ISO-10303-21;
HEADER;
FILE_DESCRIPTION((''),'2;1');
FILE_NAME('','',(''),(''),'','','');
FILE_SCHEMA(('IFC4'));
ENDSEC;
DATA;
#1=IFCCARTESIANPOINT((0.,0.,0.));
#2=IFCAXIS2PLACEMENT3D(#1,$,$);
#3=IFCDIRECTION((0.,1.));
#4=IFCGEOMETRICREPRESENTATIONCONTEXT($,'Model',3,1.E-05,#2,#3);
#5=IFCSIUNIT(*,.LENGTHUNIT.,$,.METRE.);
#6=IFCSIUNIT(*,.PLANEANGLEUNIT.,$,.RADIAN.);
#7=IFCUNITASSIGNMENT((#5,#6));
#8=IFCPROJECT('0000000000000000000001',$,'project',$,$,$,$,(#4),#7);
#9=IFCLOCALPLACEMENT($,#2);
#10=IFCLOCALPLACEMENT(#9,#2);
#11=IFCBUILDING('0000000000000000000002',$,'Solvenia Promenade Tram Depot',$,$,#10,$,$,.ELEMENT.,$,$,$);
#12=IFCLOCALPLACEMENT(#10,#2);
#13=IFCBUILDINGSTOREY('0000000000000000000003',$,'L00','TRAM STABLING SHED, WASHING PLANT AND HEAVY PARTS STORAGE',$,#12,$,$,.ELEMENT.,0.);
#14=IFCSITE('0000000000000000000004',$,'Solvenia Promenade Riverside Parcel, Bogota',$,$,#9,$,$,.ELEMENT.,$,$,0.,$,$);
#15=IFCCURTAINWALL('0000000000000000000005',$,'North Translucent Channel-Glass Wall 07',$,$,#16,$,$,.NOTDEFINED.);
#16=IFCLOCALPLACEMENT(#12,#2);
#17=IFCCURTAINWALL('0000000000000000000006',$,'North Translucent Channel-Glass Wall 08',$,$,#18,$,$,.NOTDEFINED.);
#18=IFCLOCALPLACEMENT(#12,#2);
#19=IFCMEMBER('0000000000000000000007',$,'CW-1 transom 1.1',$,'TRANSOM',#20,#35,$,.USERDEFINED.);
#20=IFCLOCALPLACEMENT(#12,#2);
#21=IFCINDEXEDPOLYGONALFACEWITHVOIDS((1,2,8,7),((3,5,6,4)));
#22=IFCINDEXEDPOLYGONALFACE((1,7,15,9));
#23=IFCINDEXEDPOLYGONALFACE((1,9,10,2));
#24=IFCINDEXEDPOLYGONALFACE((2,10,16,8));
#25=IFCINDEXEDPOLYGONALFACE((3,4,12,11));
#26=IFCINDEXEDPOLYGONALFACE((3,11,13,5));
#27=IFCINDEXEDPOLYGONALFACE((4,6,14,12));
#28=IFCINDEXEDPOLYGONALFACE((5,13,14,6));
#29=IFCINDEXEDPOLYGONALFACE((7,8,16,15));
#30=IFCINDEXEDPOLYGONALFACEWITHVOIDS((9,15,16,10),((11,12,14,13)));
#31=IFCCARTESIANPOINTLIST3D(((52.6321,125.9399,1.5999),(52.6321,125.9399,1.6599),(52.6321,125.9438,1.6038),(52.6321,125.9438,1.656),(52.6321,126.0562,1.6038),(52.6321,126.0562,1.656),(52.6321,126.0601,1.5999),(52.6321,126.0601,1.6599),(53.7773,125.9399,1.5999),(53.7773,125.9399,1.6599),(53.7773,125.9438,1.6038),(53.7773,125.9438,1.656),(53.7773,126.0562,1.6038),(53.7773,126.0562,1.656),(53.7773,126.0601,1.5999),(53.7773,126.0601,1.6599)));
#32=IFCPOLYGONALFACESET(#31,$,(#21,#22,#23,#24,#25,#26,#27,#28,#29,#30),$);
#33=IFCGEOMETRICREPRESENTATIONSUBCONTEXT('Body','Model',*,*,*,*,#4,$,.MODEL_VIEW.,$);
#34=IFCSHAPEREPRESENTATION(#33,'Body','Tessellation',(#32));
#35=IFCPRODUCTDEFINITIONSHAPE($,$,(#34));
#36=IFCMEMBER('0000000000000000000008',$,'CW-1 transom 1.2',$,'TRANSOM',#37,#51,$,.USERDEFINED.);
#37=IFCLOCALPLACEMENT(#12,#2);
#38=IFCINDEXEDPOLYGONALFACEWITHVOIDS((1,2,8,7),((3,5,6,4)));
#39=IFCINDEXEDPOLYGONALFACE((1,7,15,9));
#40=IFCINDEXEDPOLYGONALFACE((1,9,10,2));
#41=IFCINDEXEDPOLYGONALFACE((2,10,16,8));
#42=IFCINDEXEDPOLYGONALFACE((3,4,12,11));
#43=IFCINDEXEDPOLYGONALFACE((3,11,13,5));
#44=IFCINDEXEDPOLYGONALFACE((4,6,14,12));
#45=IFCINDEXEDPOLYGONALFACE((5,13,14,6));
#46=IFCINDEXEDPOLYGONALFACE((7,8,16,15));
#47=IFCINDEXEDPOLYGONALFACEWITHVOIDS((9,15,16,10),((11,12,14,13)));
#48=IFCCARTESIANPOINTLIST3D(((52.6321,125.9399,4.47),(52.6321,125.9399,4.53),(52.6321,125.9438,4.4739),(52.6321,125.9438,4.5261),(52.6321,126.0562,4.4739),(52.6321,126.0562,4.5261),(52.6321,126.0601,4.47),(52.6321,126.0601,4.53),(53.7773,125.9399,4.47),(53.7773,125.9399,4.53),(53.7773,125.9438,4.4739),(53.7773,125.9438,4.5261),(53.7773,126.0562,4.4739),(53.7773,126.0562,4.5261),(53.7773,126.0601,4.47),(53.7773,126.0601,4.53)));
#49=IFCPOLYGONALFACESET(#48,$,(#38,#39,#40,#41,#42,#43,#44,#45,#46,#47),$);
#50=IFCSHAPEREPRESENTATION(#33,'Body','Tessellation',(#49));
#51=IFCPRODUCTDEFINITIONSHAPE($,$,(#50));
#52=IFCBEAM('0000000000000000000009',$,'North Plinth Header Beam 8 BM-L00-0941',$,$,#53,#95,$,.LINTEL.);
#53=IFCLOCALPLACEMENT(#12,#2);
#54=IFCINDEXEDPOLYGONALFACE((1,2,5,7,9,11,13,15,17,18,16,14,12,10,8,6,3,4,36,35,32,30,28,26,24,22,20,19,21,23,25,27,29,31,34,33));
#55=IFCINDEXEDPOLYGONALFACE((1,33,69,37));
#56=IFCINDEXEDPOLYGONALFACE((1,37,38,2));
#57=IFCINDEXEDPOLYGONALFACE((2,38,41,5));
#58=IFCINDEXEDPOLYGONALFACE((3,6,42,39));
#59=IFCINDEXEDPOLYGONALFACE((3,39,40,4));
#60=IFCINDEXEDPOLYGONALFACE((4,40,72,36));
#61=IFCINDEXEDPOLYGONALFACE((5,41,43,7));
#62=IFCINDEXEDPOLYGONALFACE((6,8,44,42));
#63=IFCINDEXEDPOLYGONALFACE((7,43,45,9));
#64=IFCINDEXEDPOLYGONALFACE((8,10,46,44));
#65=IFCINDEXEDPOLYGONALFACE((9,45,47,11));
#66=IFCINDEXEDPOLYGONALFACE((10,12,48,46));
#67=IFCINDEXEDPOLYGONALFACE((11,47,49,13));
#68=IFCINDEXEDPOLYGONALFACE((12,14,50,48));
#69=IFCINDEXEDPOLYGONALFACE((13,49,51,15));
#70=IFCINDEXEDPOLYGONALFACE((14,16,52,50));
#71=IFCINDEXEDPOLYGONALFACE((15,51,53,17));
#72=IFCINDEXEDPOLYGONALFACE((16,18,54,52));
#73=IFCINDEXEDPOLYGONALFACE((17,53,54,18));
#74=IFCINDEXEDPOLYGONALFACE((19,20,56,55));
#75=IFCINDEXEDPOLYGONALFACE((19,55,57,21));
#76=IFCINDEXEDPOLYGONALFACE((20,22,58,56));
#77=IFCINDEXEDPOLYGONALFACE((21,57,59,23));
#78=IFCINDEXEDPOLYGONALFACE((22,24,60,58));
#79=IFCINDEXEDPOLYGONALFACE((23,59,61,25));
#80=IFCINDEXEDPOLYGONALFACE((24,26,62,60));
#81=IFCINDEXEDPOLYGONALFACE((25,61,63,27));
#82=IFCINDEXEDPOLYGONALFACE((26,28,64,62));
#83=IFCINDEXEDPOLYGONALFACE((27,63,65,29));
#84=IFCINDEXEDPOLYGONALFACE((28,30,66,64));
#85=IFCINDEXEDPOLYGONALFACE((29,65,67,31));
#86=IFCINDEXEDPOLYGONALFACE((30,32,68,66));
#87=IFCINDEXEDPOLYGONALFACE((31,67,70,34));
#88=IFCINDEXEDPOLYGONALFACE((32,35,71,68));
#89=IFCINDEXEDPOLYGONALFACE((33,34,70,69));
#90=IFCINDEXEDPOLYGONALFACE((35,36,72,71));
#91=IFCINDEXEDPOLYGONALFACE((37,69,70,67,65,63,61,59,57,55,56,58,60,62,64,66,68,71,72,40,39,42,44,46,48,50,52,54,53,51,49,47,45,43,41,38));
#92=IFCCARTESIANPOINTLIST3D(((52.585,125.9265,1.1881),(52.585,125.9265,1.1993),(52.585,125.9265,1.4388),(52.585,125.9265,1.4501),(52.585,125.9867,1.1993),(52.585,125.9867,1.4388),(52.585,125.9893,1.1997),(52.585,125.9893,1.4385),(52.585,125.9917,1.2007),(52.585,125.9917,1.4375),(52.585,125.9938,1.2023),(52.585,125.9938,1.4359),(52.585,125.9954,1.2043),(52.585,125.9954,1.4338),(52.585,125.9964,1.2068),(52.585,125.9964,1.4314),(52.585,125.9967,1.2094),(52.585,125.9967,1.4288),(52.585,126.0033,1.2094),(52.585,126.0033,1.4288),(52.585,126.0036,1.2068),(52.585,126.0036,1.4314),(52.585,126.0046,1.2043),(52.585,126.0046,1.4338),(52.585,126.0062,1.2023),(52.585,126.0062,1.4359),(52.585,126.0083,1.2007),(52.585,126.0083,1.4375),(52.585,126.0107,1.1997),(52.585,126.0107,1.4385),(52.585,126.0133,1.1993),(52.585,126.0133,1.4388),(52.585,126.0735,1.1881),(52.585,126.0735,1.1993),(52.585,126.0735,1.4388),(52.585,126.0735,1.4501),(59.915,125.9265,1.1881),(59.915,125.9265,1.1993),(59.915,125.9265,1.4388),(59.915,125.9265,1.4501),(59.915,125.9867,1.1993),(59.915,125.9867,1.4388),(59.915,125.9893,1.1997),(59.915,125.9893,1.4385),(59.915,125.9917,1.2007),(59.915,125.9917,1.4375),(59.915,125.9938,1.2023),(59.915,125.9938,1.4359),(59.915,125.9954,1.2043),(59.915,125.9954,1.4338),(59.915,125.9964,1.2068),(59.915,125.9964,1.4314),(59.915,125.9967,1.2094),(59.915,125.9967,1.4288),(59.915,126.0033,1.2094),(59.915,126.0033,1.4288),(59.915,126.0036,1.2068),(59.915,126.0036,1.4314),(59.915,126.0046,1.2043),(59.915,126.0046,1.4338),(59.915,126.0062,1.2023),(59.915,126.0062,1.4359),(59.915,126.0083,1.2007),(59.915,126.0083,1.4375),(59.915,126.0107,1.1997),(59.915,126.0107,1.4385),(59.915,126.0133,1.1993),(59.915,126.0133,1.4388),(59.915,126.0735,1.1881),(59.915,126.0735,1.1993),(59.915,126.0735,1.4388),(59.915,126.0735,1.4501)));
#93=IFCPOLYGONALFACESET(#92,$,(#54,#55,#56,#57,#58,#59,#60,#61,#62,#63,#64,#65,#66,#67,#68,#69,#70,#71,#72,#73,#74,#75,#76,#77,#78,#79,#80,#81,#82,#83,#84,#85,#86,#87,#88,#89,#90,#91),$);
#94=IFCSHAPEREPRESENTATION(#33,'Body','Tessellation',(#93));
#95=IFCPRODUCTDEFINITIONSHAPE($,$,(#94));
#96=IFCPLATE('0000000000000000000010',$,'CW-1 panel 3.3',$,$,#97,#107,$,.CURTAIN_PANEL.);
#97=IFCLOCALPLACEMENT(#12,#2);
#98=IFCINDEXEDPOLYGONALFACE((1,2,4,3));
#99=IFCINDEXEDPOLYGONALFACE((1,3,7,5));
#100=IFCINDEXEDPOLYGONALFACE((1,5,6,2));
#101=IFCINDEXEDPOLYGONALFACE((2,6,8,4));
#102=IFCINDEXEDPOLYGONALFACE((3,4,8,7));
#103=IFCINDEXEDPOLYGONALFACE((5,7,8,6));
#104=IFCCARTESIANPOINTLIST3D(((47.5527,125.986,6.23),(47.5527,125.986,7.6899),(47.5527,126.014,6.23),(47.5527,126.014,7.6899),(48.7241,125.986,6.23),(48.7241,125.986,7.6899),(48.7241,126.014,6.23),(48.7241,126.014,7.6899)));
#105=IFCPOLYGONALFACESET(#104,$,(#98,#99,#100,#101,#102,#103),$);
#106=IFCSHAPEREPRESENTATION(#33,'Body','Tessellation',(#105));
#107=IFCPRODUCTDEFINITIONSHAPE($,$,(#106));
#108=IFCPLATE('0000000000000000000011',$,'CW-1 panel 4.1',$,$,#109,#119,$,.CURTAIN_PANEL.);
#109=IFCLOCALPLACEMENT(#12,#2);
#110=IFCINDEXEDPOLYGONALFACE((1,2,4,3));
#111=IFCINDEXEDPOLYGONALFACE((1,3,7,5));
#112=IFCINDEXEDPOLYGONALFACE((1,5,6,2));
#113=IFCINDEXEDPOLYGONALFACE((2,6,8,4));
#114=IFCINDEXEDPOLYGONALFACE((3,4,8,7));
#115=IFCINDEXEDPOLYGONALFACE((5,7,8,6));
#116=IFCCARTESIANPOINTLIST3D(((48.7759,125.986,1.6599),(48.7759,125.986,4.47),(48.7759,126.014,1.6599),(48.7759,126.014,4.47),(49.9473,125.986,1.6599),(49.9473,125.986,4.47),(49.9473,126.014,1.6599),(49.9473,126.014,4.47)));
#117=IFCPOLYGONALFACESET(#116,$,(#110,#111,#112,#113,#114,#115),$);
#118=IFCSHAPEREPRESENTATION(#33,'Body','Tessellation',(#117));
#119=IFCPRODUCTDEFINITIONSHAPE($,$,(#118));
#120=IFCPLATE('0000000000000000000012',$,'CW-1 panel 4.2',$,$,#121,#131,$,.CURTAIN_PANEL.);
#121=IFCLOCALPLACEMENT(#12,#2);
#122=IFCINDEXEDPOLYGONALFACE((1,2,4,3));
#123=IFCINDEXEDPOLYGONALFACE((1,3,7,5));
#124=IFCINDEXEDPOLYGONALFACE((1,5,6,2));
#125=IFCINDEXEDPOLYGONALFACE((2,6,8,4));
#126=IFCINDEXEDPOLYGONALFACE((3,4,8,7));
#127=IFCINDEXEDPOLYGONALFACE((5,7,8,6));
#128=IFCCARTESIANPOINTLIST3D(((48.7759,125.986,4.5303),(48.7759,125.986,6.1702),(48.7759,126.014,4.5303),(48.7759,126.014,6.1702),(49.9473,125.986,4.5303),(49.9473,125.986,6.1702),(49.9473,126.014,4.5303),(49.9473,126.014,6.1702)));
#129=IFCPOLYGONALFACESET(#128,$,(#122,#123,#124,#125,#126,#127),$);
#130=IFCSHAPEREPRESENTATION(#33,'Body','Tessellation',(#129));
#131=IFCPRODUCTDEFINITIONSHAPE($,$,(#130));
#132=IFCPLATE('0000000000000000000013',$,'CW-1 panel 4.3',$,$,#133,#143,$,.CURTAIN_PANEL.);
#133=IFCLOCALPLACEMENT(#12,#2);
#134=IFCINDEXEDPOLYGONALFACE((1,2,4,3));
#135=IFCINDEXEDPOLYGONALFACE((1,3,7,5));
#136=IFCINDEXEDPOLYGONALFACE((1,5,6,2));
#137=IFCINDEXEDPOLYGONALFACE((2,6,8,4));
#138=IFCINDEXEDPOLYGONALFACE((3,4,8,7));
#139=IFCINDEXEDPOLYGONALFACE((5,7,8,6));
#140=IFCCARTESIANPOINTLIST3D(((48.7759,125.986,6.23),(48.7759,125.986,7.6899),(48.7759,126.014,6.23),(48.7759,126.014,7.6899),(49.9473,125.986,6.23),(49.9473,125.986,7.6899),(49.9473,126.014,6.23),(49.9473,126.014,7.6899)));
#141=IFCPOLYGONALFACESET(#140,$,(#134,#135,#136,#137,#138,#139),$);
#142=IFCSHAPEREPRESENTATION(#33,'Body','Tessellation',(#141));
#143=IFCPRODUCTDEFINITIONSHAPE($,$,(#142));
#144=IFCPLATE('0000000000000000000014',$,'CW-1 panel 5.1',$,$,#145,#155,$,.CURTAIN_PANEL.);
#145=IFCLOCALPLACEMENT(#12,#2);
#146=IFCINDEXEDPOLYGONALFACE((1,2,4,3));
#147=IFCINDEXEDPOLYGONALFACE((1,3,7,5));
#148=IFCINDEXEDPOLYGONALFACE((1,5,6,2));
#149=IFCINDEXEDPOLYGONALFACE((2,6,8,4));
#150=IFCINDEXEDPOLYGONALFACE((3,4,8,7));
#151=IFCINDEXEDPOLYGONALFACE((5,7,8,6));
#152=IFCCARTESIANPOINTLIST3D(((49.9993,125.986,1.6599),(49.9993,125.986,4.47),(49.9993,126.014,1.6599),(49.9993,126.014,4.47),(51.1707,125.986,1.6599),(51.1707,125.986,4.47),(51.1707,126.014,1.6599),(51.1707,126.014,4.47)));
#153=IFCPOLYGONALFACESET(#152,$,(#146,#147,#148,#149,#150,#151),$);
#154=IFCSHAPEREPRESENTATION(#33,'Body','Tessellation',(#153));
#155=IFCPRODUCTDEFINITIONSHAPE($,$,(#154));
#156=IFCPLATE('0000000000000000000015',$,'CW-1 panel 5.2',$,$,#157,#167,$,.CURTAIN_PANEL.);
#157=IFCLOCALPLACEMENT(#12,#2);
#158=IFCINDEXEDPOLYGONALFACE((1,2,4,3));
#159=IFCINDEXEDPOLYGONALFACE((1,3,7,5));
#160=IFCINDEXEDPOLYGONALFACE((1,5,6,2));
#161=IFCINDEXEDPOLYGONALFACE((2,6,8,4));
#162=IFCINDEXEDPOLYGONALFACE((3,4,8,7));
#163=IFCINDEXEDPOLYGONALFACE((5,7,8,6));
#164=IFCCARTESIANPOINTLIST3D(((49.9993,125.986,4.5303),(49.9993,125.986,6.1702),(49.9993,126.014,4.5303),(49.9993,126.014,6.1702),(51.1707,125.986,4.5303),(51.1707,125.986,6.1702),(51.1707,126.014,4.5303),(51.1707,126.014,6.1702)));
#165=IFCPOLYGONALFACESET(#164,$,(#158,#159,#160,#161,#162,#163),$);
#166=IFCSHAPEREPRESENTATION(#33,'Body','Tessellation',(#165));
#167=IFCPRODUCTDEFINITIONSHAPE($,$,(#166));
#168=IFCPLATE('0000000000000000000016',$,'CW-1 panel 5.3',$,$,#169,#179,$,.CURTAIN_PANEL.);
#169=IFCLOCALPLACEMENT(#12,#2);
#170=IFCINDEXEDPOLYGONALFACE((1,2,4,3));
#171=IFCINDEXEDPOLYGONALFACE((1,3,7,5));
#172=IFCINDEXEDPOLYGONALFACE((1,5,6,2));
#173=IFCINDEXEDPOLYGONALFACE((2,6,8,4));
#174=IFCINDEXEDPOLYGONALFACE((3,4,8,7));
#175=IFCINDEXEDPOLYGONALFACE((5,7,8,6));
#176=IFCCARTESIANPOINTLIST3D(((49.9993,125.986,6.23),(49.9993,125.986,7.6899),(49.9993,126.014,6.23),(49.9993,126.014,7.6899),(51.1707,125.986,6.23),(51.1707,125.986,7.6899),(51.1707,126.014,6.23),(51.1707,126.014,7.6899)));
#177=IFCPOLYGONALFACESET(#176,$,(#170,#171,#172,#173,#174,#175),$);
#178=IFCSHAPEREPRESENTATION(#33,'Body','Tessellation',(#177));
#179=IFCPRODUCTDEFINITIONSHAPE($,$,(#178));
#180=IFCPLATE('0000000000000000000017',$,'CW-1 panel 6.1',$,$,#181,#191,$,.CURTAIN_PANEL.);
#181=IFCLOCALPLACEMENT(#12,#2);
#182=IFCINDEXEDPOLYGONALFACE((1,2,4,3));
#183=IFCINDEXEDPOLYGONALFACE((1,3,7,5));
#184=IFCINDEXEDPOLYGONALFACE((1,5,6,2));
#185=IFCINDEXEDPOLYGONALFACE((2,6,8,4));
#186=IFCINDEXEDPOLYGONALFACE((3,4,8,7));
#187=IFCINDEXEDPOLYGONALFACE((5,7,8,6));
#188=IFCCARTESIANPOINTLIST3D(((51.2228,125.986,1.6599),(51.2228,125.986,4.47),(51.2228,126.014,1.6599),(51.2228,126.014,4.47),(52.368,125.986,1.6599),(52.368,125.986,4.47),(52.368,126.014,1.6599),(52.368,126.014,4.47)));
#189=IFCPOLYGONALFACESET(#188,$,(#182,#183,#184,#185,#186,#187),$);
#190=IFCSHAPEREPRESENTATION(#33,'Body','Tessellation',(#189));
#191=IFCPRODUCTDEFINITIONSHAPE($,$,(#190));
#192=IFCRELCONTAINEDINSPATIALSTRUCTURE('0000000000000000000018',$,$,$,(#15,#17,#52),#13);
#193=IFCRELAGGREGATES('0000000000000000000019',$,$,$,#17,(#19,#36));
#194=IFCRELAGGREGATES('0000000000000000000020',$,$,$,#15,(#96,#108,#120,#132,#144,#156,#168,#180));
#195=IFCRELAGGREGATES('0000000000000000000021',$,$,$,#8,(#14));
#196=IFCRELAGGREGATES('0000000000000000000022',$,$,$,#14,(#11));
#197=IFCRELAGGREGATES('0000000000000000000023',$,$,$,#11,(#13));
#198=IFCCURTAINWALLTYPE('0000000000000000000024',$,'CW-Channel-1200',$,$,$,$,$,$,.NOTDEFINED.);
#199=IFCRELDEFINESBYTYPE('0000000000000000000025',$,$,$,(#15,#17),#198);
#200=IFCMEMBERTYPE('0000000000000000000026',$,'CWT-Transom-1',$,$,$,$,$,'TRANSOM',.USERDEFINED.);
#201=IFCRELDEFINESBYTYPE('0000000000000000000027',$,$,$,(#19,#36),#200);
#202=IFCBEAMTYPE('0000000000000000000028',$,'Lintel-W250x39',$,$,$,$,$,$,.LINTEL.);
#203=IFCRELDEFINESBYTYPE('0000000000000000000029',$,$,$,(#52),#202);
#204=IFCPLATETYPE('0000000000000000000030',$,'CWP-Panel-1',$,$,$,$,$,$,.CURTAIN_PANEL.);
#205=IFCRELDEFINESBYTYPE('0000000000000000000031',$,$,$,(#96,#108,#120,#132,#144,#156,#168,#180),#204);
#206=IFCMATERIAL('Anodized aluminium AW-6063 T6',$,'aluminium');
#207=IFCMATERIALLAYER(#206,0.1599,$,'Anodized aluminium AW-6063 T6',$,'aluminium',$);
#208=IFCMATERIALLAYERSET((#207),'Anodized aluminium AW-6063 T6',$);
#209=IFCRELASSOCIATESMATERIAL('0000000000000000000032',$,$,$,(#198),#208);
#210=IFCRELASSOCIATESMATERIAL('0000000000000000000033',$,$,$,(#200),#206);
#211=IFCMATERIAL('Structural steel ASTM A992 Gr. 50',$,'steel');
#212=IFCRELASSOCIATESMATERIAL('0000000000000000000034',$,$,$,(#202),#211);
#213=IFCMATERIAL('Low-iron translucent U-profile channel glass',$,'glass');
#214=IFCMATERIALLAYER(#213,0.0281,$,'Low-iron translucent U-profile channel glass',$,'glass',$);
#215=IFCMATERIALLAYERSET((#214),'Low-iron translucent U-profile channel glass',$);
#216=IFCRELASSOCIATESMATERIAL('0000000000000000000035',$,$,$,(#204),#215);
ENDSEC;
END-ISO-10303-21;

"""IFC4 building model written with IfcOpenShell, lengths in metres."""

from ifc_helpers import new_model, si_unit, direction, frame, origin, origin_2d, place, context, subcontext, project, spatial, rectangle, hollow_rectangle, i_section, extrude, material, layer, layer_set, material_profile, profile_set, type_object, element, aggregate, save


model = new_model("IFC4")

# Units and contexts
model_context = context("Model", 3, precision=1e-05, world=origin(), true_north=direction((0.0, 1.0)))
body_context = subcontext(model_context, "Body", "Model", "MODEL_VIEW")
ifc_project = project(units=[si_unit("LENGTHUNIT", "METRE"), si_unit("PLANEANGLEUNIT", "RADIAN")], contexts=[model_context])

# Site, building, storey
site_placement = place(None, origin())
site = spatial("IfcSite", under=ifc_project, at=site_placement, Name="Solvenia Promenade Riverside Parcel, Bogota", CompositionType="ELEMENT", RefElevation=0.0)
building_placement = place(site_placement, origin())
building = spatial("IfcBuilding", under=site, at=building_placement, Name="Solvenia Promenade Tram Depot", CompositionType="ELEMENT")
storey_placement = place(building_placement, origin())
storey = spatial("IfcBuildingStorey", under=building, at=storey_placement, Name="L00", Description="TRAM STABLING SHED, WASHING PLANT AND HEAVY PARTS STORAGE", CompositionType="ELEMENT", Elevation=0.0)

# Shared definitions
ifc_material_1 = material(Name="Structural steel ASTM A992 Gr. 50", Category="steel")

# Curtain wall
ifc_material_2 = material(Name="Anodized aluminium AW-6063 T6", Category="aluminium")
ifc_layer_1 = layer(ifc_material_2, 0.1599, Name="Anodized aluminium AW-6063 T6", Category="aluminium")
ifc_layer_set_1 = layer_set([ifc_layer_1], Name="Anodized aluminium AW-6063 T6")
curtain_wall_type = type_object("IfcCurtainWallType", Name="CW-Channel-1200", PredefinedType="NOTDEFINED", material=ifc_layer_set_1)
curtain_wall_1_placement = place(storey_placement, origin())
curtain_wall_1 = element("IfcCurtainWall", 1, at=curtain_wall_1_placement, inside=storey, type_object=curtain_wall_type, Name="North Translucent Channel-Glass Wall 07", PredefinedType="NOTDEFINED")

# Curtain wall
curtain_wall_2_placement = place(storey_placement, origin())
curtain_wall_2 = element("IfcCurtainWall", 2, at=curtain_wall_2_placement, inside=storey, type_object=curtain_wall_type, Name="North Translucent Channel-Glass Wall 08", PredefinedType="NOTDEFINED")

# Members
ifc_material_profile_1 = material_profile(ifc_material_2, hollow_rectangle(XDim=0.1201, YDim=0.0601, WallThickness=0.0039, at=origin_2d()), Name="ALU-T1", Category="aluminium")
ifc_profile_set_1 = profile_set([ifc_material_profile_1], Name="Anodized aluminium AW-6063 T6")
member_type_1 = type_object("IfcMemberType", Name="CWT-Transom-1", ElementType="TRANSOM", PredefinedType="USERDEFINED", material=ifc_profile_set_1)
member_1_placement = place(storey_placement, frame((52.6321, 126.0, 1.6299), z_axis=(1.0, 0.0, 0.0), x_axis=(0.0, 1.0, 0.0)))
member_1 = element("IfcMember", 3, at=member_1_placement, type_object=member_type_1, Name="CW-1 transom 1.1", ObjectType="TRANSOM", PredefinedType="USERDEFINED", context=body_context, shape_type="SweptSolid", body=[
    extrude(hollow_rectangle(XDim=0.1201, YDim=0.0601, WallThickness=0.0039, at=origin_2d()), origin(), (0.0, 0.0, 1.0), 1.1453),
])
member_2_placement = place(storey_placement, frame((52.6321, 126.0, 4.5), z_axis=(1.0, 0.0, 0.0), x_axis=(0.0, 1.0, 0.0)))
member_2 = element("IfcMember", 4, at=member_2_placement, type_object=member_type_1, Name="CW-1 transom 1.2", ObjectType="TRANSOM", PredefinedType="USERDEFINED", context=body_context, shape_type="SweptSolid", body=[
    extrude(hollow_rectangle(XDim=0.1201, YDim=0.0601, WallThickness=0.0039, at=origin_2d()), origin(), (0.0, 0.0, 1.0), 1.1453),
])
aggregate(curtain_wall_2, [member_1, member_2])

# Beam
ifc_material_profile_2 = material_profile(ifc_material_1, i_section(OverallWidth=0.147, OverallDepth=0.262, WebThickness=0.0066, FlangeThickness=0.0112, FilletRadius=0.01, at=origin_2d()), Name="W250x39", Category="steel")
ifc_profile_set_2 = profile_set([ifc_material_profile_2], Name="Structural steel ASTM A992 Gr. 50")
beam_type = type_object("IfcBeamType", Name="Lintel-W250x39", PredefinedType="LINTEL", material=ifc_profile_set_2)
beam_placement = place(storey_placement, frame((52.585, 126.0, 1.3191), z_axis=(1.0, 0.0, 0.0), x_axis=(0.0, 1.0, 0.0)))
element("IfcBeam", 5, at=beam_placement, inside=storey, type_object=beam_type, Name="North Plinth Header Beam 8 BM-L00-0941", PredefinedType="LINTEL", context=body_context, shape_type="SweptSolid", body=[
    extrude(i_section(OverallWidth=0.147, OverallDepth=0.262, WebThickness=0.0066, FlangeThickness=0.0112, FilletRadius=0.01, at=origin_2d()), origin(), (0.0, 0.0, 1.0), 7.3301),
])

# Plates
ifc_material_3 = material(Name="Low-iron translucent U-profile channel glass", Category="glass")
ifc_layer_2 = layer(ifc_material_3, 0.0281, Name="Low-iron translucent U-profile channel glass", Category="glass")
ifc_layer_set_2 = layer_set([ifc_layer_2], Name="Low-iron translucent U-profile channel glass")
plate_type = type_object("IfcPlateType", Name="CWP-Panel-1", PredefinedType="CURTAIN_PANEL", material=ifc_layer_set_2)
plate_1_placement = place(storey_placement, frame((48.1384, 126.0, 6.23), z_axis=(0.0, 0.0, 1.0), x_axis=(1.0, 0.0, 0.0)))
plate_1 = element("IfcPlate", 6, at=plate_1_placement, type_object=plate_type, Name="CW-1 panel 3.3", PredefinedType="CURTAIN_PANEL", context=body_context, shape_type="SweptSolid", body=[
    extrude(rectangle(XDim=1.1714, YDim=0.0281, at=origin_2d()), origin(), (0.0, 0.0, 1.0), 1.46),
])
plate_2_placement = place(storey_placement, frame((49.3616, 126.0, 1.6599), z_axis=(0.0, 0.0, 1.0), x_axis=(1.0, 0.0, 0.0)))
plate_2 = element("IfcPlate", 7, at=plate_2_placement, type_object=plate_type, Name="CW-1 panel 4.1", PredefinedType="CURTAIN_PANEL", context=body_context, shape_type="SweptSolid", body=[
    extrude(rectangle(XDim=1.1714, YDim=0.0281, at=origin_2d()), origin(), (0.0, 0.0, 1.0), 2.8101),
])
plate_3_placement = place(storey_placement, frame((49.3616, 126.0, 4.5303), z_axis=(0.0, 0.0, 1.0), x_axis=(1.0, 0.0, 0.0)))
plate_3 = element("IfcPlate", 8, at=plate_3_placement, type_object=plate_type, Name="CW-1 panel 4.2", PredefinedType="CURTAIN_PANEL", context=body_context, shape_type="SweptSolid", body=[
    extrude(rectangle(XDim=1.1714, YDim=0.0281, at=origin_2d()), origin(), (0.0, 0.0, 1.0), 1.6399),
])
plate_4_placement = place(storey_placement, frame((49.3616, 126.0, 6.23), z_axis=(0.0, 0.0, 1.0), x_axis=(1.0, 0.0, 0.0)))
plate_4 = element("IfcPlate", 9, at=plate_4_placement, type_object=plate_type, Name="CW-1 panel 4.3", PredefinedType="CURTAIN_PANEL", context=body_context, shape_type="SweptSolid", body=[
    extrude(rectangle(XDim=1.1714, YDim=0.0281, at=origin_2d()), origin(), (0.0, 0.0, 1.0), 1.46),
])
plate_5_placement = place(storey_placement, frame((50.585, 126.0, 1.6599), z_axis=(0.0, 0.0, 1.0), x_axis=(1.0, 0.0, 0.0)))
plate_5 = element("IfcPlate", 10, at=plate_5_placement, type_object=plate_type, Name="CW-1 panel 5.1", PredefinedType="CURTAIN_PANEL", context=body_context, shape_type="SweptSolid", body=[
    extrude(rectangle(XDim=1.1714, YDim=0.0281, at=origin_2d()), origin(), (0.0, 0.0, 1.0), 2.8101),
])
plate_6_placement = place(storey_placement, frame((50.585, 126.0, 4.5303), z_axis=(0.0, 0.0, 1.0), x_axis=(1.0, 0.0, 0.0)))
plate_6 = element("IfcPlate", 11, at=plate_6_placement, type_object=plate_type, Name="CW-1 panel 5.2", PredefinedType="CURTAIN_PANEL", context=body_context, shape_type="SweptSolid", body=[
    extrude(rectangle(XDim=1.1714, YDim=0.0281, at=origin_2d()), origin(), (0.0, 0.0, 1.0), 1.6399),
])
plate_7_placement = place(storey_placement, frame((50.585, 126.0, 6.23), z_axis=(0.0, 0.0, 1.0), x_axis=(1.0, 0.0, 0.0)))
plate_7 = element("IfcPlate", 12, at=plate_7_placement, type_object=plate_type, Name="CW-1 panel 5.3", PredefinedType="CURTAIN_PANEL", context=body_context, shape_type="SweptSolid", body=[
    extrude(rectangle(XDim=1.1714, YDim=0.0281, at=origin_2d()), origin(), (0.0, 0.0, 1.0), 1.46),
])
plate_8_placement = place(storey_placement, frame((51.7954, 126.0, 1.6599), z_axis=(0.0, 0.0, 1.0), x_axis=(1.0, 0.0, 0.0)))
plate_8 = element("IfcPlate", 13, at=plate_8_placement, type_object=plate_type, Name="CW-1 panel 6.1", PredefinedType="CURTAIN_PANEL", context=body_context, shape_type="SweptSolid", body=[
    extrude(rectangle(XDim=1.1453, YDim=0.0281, at=origin_2d()), origin(), (0.0, 0.0, 1.0), 2.8101),
])
aggregate(curtain_wall_1, [plate_1, plate_2, plate_3, plate_4, plate_5, plate_6, plate_7, plate_8])

save(model, "model.ifc")
